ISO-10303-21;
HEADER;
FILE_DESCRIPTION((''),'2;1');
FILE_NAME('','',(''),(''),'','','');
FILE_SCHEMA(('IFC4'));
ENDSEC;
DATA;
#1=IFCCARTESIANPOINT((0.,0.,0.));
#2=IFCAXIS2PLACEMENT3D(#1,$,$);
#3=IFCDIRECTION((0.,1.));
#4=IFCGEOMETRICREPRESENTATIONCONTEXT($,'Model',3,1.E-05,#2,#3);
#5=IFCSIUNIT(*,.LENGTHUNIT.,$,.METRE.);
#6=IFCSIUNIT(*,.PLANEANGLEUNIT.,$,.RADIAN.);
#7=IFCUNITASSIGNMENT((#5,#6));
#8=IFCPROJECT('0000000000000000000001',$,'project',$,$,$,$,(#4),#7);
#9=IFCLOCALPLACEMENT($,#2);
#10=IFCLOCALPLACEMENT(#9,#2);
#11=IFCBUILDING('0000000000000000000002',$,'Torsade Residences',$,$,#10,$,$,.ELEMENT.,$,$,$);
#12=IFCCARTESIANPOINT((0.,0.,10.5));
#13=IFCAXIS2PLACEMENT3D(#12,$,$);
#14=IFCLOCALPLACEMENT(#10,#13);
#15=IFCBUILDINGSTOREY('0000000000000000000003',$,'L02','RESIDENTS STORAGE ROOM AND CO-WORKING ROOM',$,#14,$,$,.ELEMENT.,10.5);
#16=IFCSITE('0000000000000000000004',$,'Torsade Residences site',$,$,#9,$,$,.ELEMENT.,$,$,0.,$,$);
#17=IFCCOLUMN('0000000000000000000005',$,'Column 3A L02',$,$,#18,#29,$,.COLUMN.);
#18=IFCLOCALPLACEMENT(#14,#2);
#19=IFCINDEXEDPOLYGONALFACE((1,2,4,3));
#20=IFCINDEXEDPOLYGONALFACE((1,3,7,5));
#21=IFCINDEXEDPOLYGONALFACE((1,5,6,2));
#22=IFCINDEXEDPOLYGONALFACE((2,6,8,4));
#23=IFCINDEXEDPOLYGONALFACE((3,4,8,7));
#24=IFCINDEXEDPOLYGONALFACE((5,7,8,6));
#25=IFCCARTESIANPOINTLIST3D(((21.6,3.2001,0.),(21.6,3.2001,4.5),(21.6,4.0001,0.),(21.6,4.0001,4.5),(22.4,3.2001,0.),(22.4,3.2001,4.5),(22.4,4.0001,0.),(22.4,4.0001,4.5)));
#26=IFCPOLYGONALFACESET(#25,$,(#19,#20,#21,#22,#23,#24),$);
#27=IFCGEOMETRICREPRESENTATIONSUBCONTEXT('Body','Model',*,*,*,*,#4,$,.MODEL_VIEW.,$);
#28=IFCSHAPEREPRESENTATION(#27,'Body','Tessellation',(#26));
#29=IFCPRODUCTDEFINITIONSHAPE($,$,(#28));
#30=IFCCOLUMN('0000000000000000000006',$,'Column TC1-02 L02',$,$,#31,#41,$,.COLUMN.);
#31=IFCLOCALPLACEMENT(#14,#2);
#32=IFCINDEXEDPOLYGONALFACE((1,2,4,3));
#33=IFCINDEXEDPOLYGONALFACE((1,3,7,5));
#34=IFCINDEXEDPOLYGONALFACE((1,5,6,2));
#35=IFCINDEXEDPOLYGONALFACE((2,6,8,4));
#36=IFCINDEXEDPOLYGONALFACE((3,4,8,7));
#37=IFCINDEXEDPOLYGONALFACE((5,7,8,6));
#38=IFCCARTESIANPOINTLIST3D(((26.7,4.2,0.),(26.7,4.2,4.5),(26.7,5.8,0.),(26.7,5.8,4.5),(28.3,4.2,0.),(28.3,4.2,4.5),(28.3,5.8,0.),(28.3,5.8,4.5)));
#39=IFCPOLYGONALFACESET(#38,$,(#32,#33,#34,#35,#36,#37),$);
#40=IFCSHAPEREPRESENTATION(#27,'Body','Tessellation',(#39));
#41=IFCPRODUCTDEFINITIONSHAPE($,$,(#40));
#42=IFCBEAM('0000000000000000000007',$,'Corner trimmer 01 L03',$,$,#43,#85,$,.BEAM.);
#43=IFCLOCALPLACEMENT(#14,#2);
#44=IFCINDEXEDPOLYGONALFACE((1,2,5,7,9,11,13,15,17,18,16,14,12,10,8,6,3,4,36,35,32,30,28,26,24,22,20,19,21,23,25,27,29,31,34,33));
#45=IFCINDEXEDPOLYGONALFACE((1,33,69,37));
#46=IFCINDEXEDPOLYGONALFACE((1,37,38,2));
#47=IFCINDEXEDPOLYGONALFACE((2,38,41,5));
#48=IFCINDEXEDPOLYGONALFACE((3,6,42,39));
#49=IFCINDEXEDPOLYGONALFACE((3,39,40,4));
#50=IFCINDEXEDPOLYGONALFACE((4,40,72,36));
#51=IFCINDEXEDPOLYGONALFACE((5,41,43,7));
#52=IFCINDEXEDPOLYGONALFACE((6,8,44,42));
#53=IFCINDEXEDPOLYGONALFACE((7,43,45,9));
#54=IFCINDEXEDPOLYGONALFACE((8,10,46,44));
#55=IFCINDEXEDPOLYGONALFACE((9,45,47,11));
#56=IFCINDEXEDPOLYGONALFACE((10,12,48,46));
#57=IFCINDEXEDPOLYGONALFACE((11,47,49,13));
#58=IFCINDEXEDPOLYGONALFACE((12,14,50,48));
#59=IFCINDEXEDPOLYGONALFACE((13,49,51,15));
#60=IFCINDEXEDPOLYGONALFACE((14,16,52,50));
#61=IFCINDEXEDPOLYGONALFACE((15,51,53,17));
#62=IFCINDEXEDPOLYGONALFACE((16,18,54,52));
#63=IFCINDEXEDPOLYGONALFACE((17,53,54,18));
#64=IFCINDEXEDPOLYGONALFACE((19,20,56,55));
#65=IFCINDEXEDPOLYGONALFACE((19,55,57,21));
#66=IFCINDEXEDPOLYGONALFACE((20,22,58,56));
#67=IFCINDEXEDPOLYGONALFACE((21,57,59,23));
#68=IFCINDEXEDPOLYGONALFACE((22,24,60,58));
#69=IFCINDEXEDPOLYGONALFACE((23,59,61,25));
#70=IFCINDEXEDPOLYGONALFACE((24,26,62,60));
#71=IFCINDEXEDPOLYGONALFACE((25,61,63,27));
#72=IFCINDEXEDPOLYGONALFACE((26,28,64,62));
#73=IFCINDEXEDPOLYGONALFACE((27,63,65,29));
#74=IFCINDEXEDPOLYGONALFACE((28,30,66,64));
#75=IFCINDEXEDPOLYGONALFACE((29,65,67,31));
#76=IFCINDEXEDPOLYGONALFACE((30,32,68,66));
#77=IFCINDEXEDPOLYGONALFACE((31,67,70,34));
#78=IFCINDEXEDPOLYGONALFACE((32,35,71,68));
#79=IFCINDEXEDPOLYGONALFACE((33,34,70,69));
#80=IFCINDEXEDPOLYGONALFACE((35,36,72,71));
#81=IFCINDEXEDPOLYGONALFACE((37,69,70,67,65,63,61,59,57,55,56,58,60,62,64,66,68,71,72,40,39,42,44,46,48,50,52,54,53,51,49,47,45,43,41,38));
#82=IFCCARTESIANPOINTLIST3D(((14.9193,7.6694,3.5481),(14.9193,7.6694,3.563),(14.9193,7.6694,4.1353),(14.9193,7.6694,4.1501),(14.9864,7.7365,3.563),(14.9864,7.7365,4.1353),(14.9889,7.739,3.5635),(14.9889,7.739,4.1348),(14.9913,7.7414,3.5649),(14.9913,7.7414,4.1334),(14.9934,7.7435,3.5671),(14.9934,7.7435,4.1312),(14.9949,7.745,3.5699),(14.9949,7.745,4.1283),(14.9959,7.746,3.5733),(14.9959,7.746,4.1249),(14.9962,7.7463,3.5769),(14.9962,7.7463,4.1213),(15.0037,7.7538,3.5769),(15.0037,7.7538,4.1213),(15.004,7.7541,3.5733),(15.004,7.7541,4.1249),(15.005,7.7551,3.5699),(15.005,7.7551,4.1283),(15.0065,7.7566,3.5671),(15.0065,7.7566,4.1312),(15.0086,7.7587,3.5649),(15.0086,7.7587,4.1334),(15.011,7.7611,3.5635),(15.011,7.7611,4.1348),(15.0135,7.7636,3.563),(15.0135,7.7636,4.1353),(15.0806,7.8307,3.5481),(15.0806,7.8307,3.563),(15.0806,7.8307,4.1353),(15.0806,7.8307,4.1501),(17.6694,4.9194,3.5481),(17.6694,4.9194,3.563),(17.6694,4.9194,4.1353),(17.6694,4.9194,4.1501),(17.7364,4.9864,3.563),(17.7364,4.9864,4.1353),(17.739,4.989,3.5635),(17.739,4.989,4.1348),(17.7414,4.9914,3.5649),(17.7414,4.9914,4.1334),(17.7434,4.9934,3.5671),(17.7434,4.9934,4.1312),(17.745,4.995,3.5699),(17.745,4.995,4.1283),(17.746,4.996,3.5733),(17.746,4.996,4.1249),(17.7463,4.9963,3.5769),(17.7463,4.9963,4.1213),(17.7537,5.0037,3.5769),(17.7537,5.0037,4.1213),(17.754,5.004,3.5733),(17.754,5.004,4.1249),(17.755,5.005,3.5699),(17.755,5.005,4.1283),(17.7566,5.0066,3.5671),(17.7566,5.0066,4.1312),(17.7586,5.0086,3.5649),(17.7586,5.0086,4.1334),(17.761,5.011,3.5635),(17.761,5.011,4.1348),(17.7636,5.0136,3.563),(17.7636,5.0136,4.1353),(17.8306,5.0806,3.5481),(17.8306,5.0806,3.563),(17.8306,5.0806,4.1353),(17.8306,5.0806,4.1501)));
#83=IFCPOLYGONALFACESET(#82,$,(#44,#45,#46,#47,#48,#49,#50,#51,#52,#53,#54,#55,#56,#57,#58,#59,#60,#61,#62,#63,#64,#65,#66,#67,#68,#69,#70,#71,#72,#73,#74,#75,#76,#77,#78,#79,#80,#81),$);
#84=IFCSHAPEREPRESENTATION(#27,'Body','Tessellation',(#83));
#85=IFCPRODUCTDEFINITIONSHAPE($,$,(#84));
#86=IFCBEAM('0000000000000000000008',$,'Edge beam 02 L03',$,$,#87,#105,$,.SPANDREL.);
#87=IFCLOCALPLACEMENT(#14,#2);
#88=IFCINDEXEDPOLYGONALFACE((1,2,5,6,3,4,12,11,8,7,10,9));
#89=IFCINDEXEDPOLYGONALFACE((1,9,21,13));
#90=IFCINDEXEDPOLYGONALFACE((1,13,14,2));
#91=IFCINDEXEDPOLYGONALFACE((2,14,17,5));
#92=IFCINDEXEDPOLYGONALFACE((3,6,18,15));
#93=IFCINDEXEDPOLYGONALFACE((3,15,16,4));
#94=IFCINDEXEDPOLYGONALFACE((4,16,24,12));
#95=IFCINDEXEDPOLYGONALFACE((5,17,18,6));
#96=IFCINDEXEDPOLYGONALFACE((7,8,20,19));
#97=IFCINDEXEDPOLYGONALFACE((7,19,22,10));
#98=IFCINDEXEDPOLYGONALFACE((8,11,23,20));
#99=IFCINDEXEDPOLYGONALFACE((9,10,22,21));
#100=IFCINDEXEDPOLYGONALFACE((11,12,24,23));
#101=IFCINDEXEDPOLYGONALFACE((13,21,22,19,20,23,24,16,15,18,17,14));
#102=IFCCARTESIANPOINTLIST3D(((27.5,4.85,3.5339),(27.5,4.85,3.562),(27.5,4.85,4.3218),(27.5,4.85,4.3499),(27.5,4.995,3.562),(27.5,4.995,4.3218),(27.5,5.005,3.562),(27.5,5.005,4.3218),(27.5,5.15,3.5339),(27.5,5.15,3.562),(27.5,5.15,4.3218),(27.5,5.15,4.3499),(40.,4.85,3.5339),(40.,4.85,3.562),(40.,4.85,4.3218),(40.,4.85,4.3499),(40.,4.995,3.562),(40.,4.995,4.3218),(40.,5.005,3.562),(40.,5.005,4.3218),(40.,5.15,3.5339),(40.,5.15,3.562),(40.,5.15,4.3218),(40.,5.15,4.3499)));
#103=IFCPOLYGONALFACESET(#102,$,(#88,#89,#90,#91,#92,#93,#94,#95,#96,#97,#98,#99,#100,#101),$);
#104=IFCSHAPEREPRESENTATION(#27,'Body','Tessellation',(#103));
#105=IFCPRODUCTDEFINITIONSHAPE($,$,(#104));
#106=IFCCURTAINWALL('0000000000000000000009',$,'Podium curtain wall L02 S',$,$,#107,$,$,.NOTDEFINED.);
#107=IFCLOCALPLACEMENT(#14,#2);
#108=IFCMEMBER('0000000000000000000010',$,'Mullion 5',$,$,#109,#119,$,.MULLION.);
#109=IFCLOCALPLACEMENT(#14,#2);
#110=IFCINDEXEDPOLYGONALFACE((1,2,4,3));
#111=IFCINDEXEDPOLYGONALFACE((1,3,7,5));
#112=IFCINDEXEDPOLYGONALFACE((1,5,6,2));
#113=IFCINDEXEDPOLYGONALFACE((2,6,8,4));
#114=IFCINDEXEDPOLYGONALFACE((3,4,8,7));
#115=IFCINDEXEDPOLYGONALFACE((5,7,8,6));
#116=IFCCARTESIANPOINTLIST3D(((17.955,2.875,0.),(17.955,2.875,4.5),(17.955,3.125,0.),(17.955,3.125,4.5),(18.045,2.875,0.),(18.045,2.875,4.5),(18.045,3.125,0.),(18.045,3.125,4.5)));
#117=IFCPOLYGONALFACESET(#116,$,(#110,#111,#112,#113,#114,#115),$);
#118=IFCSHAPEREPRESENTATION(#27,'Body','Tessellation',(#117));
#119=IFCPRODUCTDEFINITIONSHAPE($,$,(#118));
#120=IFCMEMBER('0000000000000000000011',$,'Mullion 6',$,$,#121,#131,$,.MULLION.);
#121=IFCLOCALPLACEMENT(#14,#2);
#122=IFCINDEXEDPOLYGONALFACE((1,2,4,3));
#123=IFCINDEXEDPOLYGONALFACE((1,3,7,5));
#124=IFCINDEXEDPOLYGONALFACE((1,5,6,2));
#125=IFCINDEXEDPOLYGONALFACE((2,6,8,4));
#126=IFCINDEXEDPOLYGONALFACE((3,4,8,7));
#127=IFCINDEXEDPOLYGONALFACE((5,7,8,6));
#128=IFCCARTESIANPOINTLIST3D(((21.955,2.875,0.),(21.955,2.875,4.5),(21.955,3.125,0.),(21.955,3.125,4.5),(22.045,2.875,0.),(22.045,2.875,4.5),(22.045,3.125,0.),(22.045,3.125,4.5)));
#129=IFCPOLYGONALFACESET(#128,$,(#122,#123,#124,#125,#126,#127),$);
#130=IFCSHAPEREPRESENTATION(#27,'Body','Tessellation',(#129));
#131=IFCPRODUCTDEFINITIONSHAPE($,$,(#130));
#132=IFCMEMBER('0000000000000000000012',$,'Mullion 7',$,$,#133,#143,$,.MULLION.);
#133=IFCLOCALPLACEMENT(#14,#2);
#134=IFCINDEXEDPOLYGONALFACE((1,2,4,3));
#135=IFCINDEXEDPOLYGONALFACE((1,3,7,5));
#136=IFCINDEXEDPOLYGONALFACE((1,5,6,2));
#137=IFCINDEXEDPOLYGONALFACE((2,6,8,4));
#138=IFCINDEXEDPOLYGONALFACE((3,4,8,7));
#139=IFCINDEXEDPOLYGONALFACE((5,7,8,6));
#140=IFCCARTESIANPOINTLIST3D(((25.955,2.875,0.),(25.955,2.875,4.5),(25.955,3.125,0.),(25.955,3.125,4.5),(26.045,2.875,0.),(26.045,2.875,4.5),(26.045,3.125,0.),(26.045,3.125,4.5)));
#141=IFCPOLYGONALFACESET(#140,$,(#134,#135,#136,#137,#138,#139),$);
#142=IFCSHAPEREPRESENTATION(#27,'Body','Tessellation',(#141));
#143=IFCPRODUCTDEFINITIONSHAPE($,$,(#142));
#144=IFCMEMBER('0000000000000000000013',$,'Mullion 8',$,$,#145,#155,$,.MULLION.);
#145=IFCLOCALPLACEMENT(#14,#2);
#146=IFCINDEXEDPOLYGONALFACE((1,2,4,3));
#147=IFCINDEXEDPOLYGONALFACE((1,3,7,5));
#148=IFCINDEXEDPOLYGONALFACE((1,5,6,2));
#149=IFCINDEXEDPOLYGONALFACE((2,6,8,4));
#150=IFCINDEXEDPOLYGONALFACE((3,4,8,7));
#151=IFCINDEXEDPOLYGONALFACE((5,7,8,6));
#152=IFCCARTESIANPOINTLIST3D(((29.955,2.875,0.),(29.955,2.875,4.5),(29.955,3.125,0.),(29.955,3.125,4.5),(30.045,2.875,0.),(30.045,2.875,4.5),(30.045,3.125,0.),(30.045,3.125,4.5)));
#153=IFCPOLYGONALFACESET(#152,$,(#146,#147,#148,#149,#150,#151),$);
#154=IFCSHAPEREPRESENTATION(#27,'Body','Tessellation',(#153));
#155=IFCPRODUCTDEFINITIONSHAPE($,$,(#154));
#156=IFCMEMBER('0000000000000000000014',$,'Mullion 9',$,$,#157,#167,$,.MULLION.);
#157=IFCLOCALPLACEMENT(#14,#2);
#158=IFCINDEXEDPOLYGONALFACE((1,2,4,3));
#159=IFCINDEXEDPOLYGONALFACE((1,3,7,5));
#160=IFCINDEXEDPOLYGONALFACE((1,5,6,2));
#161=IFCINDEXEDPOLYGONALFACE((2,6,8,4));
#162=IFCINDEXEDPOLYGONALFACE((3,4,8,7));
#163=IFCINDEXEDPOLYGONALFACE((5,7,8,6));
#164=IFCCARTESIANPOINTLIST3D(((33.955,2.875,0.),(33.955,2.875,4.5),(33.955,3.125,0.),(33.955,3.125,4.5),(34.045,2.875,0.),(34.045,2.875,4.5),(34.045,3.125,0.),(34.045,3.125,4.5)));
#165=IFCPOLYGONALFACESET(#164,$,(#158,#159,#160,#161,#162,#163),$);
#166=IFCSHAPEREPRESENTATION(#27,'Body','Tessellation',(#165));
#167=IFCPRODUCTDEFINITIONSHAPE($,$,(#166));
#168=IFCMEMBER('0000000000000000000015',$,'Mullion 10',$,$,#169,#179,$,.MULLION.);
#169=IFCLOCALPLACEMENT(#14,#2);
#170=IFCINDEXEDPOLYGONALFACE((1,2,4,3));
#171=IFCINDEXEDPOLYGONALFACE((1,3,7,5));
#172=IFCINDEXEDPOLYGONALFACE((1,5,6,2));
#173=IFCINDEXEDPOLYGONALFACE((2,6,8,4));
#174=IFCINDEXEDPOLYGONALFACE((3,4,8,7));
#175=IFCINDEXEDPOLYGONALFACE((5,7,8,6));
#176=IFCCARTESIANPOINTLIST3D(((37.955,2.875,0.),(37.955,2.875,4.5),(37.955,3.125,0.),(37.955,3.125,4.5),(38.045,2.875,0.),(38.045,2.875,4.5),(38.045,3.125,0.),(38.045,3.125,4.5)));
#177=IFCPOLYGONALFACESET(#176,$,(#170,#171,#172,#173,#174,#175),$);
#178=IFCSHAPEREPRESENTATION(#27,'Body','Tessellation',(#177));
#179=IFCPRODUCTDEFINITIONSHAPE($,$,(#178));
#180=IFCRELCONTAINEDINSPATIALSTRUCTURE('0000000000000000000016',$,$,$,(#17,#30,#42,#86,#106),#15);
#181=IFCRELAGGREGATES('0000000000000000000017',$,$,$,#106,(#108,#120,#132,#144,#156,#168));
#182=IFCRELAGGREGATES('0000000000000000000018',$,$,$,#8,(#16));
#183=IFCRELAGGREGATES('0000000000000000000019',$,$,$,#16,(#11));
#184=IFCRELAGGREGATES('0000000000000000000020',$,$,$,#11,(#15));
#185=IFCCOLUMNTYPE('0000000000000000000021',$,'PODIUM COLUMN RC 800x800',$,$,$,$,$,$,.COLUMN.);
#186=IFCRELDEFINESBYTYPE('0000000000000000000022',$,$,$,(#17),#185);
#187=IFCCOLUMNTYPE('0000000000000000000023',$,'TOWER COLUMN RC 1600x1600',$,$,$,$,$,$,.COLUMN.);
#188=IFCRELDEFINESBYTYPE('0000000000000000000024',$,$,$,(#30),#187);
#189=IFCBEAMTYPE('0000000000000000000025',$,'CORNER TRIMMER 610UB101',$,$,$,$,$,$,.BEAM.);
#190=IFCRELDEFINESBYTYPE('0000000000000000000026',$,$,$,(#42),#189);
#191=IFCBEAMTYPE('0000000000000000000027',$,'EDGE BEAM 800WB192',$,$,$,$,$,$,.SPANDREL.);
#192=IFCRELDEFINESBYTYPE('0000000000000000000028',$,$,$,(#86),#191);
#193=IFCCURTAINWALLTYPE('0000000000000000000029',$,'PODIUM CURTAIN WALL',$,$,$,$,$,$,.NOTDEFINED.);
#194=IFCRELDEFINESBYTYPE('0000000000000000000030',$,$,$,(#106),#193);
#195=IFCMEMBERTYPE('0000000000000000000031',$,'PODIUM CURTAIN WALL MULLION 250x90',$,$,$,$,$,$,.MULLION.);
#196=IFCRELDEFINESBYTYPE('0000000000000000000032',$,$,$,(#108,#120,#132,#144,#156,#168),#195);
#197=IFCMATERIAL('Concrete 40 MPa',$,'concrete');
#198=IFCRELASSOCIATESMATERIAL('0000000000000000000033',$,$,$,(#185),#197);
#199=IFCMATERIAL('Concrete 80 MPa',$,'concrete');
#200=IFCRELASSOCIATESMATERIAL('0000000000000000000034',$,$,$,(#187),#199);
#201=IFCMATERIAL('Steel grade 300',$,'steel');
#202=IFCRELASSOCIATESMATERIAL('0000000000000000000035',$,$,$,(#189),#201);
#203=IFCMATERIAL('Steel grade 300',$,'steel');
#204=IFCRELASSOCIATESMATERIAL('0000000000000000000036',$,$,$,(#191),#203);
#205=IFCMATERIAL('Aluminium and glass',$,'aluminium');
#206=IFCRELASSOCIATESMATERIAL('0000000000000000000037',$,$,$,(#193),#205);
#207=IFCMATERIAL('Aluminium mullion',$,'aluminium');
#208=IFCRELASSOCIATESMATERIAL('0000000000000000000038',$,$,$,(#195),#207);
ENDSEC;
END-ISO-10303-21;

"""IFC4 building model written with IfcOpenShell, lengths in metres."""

from ifc_helpers import new_model, si_unit, direction, frame, origin, origin_2d, place, context, subcontext, project, spatial, rectangle, i_section, extrude, material, material_profile, profile_set, type_object, element, aggregate, save


model = new_model("IFC4")

# Units and contexts
model_context = context("Model", 3, precision=1e-05, world=origin(), true_north=direction((0.0, 1.0)))
body_context = subcontext(model_context, "Body", "Model", "MODEL_VIEW")
ifc_project = project(units=[si_unit("LENGTHUNIT", "METRE"), si_unit("PLANEANGLEUNIT", "RADIAN")], contexts=[model_context])

# Site, building, storey
site_placement = place(None, origin())
site = spatial("IfcSite", under=ifc_project, at=site_placement, Name="Torsade Residences site", CompositionType="ELEMENT", RefElevation=0.0)
building_placement = place(site_placement, origin())
building = spatial("IfcBuilding", under=site, at=building_placement, Name="Torsade Residences", CompositionType="ELEMENT")
storey_placement = place(building_placement, frame((0.0, 0.0, 10.5)))
storey = spatial("IfcBuildingStorey", under=building, at=storey_placement, Name="L02", Description="RESIDENTS STORAGE ROOM AND CO-WORKING ROOM", CompositionType="ELEMENT", Elevation=10.5)

# Columns
ifc_material_1 = material(Name="Concrete 40 MPa", Category="concrete")
ifc_material_profile_1 = material_profile(ifc_material_1, rectangle(XDim=0.8, YDim=0.8, at=origin_2d()), Name="RC 800x800")
ifc_profile_set_1 = profile_set([ifc_material_profile_1], Name="Concrete 40 MPa")
column_type_1 = type_object("IfcColumnType", Name="PODIUM COLUMN RC 800x800", PredefinedType="COLUMN", material=ifc_profile_set_1)
column_1_placement = place(storey_placement, frame((22.0, 3.6001, 0.0), z_axis=(0.0, 0.0, 1.0), x_axis=(1.0, 0.0, 0.0)))
element("IfcColumn", 1, at=column_1_placement, inside=storey, type_object=column_type_1, Name="Column 3A L02", PredefinedType="COLUMN", context=body_context, shape_type="SweptSolid", body=[
    extrude(rectangle(XDim=0.8, YDim=0.8, at=origin_2d()), origin(), (0.0, 0.0, 1.0), 4.5),
])
ifc_material_2 = material(Name="Concrete 80 MPa", Category="concrete")
ifc_material_profile_2 = material_profile(ifc_material_2, rectangle(XDim=1.6001, YDim=1.6001, at=origin_2d()), Name="RC 1600x1600")
ifc_profile_set_2 = profile_set([ifc_material_profile_2], Name="Concrete 80 MPa")
column_type_2 = type_object("IfcColumnType", Name="TOWER COLUMN RC 1600x1600", PredefinedType="COLUMN", material=ifc_profile_set_2)
column_2_placement = place(storey_placement, frame((27.5, 5.0, 0.0), z_axis=(0.0, 0.0, 1.0), x_axis=(1.0, 0.0, 0.0)))
element("IfcColumn", 2, at=column_2_placement, inside=storey, type_object=column_type_2, Name="Column TC1-02 L02", PredefinedType="COLUMN", context=body_context, shape_type="SweptSolid", body=[
    extrude(rectangle(XDim=1.6001, YDim=1.6001, at=origin_2d()), origin(), (0.0, 0.0, 1.0), 4.5),
])

# Beams
ifc_material_3 = material(Name="Steel grade 300", Category="steel")
ifc_material_profile_3 = material_profile(ifc_material_3, i_section(OverallWidth=0.228, OverallDepth=0.6021, WebThickness=0.0105, FlangeThickness=0.0149, FilletRadius=0.0139, at=origin_2d()), Name="610UB101")
ifc_profile_set_3 = profile_set([ifc_material_profile_3], Name="Steel grade 300")
beam_type_1 = type_object("IfcBeamType", Name="CORNER TRIMMER 610UB101", PredefinedType="BEAM", material=ifc_profile_set_3)
beam_1_placement = place(storey_placement, frame((17.75, 5.0, 3.8491), z_axis=(-0.707107, 0.707107, 0.0), x_axis=(-0.707107, -0.707107, 0.0)))
element("IfcBeam", 3, at=beam_1_placement, inside=storey, type_object=beam_type_1, Name="Corner trimmer 01 L03", PredefinedType="BEAM", context=body_context, shape_type="SweptSolid", body=[
    extrude(i_section(OverallWidth=0.228, OverallDepth=0.6021, WebThickness=0.0105, FlangeThickness=0.0149, FilletRadius=0.0139, at=origin_2d()), origin(), (0.0, 0.0, 1.0), 3.8892),
])
ifc_material_4 = material(Name="Steel grade 300", Category="steel")
ifc_material_profile_4 = material_profile(ifc_material_4, i_section(OverallWidth=0.3, OverallDepth=0.8159, WebThickness=0.01, FlangeThickness=0.0281, at=origin_2d()), Name="800WB192")
ifc_profile_set_4 = profile_set([ifc_material_profile_4], Name="Steel grade 300")
beam_type_2 = type_object("IfcBeamType", Name="EDGE BEAM 800WB192", PredefinedType="SPANDREL", material=ifc_profile_set_4)
beam_2_placement = place(storey_placement, frame((27.5, 5.0, 3.9419), z_axis=(1.0, 0.0, 0.0), x_axis=(0.0, 1.0, 0.0)))
element("IfcBeam", 4, at=beam_2_placement, inside=storey, type_object=beam_type_2, Name="Edge beam 02 L03", PredefinedType="SPANDREL", context=body_context, shape_type="SweptSolid", body=[
    extrude(i_section(OverallWidth=0.3, OverallDepth=0.8159, WebThickness=0.01, FlangeThickness=0.0281, at=origin_2d()), origin(), (0.0, 0.0, 1.0), 12.5),
])

# Curtain wall, members
ifc_material_5 = material(Name="Aluminium and glass", Category="aluminium")
curtain_wall_type = type_object("IfcCurtainWallType", Name="PODIUM CURTAIN WALL", PredefinedType="NOTDEFINED", material=ifc_material_5)
curtain_wall_placement = place(storey_placement, origin())
curtain_wall = element("IfcCurtainWall", 5, at=curtain_wall_placement, inside=storey, type_object=curtain_wall_type, Name="Podium curtain wall L02 S", PredefinedType="NOTDEFINED")
ifc_material_6 = material(Name="Aluminium mullion", Category="aluminium")
ifc_material_profile_5 = material_profile(ifc_material_6, rectangle(XDim=0.25, YDim=0.0901, at=origin_2d()), Name="PODIUM CURTAIN WALL MULLION 250x90")
ifc_profile_set_5 = profile_set([ifc_material_profile_5], Name="Aluminium mullion")
member_type_1 = type_object("IfcMemberType", Name="PODIUM CURTAIN WALL MULLION 250x90", PredefinedType="MULLION", material=ifc_profile_set_5)
member_1_placement = place(storey_placement, frame((18.0, 3.0, 0.0), z_axis=(0.0, 0.0, 1.0), x_axis=(0.0, 1.0, 0.0)))
member_1 = element("IfcMember", 6, at=member_1_placement, type_object=member_type_1, Name="Mullion 5", PredefinedType="MULLION", context=body_context, shape_type="SweptSolid", body=[
    extrude(rectangle(XDim=0.25, YDim=0.0901, at=origin_2d()), origin(), (0.0, 0.0, 1.0), 4.5),
])
member_2_placement = place(storey_placement, frame((22.0, 3.0, 0.0), z_axis=(0.0, 0.0, 1.0), x_axis=(0.0, 1.0, 0.0)))
member_2 = element("IfcMember", 7, at=member_2_placement, type_object=member_type_1, Name="Mullion 6", PredefinedType="MULLION", context=body_context, shape_type="SweptSolid", body=[
    extrude(rectangle(XDim=0.25, YDim=0.0901, at=origin_2d()), origin(), (0.0, 0.0, 1.0), 4.5),
])
member_3_placement = place(storey_placement, frame((26.0, 3.0, 0.0), z_axis=(0.0, 0.0, 1.0), x_axis=(0.0, 1.0, 0.0)))
member_3 = element("IfcMember", 8, at=member_3_placement, type_object=member_type_1, Name="Mullion 7", PredefinedType="MULLION", context=body_context, shape_type="SweptSolid", body=[
    extrude(rectangle(XDim=0.25, YDim=0.0901, at=origin_2d()), origin(), (0.0, 0.0, 1.0), 4.5),
])
member_4_placement = place(storey_placement, frame((30.0, 3.0, 0.0), z_axis=(0.0, 0.0, 1.0), x_axis=(0.0, 1.0, 0.0)))
member_4 = element("IfcMember", 9, at=member_4_placement, type_object=member_type_1, Name="Mullion 8", PredefinedType="MULLION", context=body_context, shape_type="SweptSolid", body=[
    extrude(rectangle(XDim=0.25, YDim=0.0901, at=origin_2d()), origin(), (0.0, 0.0, 1.0), 4.5),
])
member_5_placement = place(storey_placement, frame((34.0, 3.0, 0.0), z_axis=(0.0, 0.0, 1.0), x_axis=(0.0, 1.0, 0.0)))
member_5 = element("IfcMember", 10, at=member_5_placement, type_object=member_type_1, Name="Mullion 9", PredefinedType="MULLION", context=body_context, shape_type="SweptSolid", body=[
    extrude(rectangle(XDim=0.25, YDim=0.0901, at=origin_2d()), origin(), (0.0, 0.0, 1.0), 4.5),
])
member_6_placement = place(storey_placement, frame((38.0, 3.0, 0.0), z_axis=(0.0, 0.0, 1.0), x_axis=(0.0, 1.0, 0.0)))
member_6 = element("IfcMember", 11, at=member_6_placement, type_object=member_type_1, Name="Mullion 10", PredefinedType="MULLION", context=body_context, shape_type="SweptSolid", body=[
    extrude(rectangle(XDim=0.25, YDim=0.0901, at=origin_2d()), origin(), (0.0, 0.0, 1.0), 4.5),
])

aggregate(curtain_wall, [member_1, member_2, member_3, member_4, member_5, member_6])

save(model, "model.ifc")
